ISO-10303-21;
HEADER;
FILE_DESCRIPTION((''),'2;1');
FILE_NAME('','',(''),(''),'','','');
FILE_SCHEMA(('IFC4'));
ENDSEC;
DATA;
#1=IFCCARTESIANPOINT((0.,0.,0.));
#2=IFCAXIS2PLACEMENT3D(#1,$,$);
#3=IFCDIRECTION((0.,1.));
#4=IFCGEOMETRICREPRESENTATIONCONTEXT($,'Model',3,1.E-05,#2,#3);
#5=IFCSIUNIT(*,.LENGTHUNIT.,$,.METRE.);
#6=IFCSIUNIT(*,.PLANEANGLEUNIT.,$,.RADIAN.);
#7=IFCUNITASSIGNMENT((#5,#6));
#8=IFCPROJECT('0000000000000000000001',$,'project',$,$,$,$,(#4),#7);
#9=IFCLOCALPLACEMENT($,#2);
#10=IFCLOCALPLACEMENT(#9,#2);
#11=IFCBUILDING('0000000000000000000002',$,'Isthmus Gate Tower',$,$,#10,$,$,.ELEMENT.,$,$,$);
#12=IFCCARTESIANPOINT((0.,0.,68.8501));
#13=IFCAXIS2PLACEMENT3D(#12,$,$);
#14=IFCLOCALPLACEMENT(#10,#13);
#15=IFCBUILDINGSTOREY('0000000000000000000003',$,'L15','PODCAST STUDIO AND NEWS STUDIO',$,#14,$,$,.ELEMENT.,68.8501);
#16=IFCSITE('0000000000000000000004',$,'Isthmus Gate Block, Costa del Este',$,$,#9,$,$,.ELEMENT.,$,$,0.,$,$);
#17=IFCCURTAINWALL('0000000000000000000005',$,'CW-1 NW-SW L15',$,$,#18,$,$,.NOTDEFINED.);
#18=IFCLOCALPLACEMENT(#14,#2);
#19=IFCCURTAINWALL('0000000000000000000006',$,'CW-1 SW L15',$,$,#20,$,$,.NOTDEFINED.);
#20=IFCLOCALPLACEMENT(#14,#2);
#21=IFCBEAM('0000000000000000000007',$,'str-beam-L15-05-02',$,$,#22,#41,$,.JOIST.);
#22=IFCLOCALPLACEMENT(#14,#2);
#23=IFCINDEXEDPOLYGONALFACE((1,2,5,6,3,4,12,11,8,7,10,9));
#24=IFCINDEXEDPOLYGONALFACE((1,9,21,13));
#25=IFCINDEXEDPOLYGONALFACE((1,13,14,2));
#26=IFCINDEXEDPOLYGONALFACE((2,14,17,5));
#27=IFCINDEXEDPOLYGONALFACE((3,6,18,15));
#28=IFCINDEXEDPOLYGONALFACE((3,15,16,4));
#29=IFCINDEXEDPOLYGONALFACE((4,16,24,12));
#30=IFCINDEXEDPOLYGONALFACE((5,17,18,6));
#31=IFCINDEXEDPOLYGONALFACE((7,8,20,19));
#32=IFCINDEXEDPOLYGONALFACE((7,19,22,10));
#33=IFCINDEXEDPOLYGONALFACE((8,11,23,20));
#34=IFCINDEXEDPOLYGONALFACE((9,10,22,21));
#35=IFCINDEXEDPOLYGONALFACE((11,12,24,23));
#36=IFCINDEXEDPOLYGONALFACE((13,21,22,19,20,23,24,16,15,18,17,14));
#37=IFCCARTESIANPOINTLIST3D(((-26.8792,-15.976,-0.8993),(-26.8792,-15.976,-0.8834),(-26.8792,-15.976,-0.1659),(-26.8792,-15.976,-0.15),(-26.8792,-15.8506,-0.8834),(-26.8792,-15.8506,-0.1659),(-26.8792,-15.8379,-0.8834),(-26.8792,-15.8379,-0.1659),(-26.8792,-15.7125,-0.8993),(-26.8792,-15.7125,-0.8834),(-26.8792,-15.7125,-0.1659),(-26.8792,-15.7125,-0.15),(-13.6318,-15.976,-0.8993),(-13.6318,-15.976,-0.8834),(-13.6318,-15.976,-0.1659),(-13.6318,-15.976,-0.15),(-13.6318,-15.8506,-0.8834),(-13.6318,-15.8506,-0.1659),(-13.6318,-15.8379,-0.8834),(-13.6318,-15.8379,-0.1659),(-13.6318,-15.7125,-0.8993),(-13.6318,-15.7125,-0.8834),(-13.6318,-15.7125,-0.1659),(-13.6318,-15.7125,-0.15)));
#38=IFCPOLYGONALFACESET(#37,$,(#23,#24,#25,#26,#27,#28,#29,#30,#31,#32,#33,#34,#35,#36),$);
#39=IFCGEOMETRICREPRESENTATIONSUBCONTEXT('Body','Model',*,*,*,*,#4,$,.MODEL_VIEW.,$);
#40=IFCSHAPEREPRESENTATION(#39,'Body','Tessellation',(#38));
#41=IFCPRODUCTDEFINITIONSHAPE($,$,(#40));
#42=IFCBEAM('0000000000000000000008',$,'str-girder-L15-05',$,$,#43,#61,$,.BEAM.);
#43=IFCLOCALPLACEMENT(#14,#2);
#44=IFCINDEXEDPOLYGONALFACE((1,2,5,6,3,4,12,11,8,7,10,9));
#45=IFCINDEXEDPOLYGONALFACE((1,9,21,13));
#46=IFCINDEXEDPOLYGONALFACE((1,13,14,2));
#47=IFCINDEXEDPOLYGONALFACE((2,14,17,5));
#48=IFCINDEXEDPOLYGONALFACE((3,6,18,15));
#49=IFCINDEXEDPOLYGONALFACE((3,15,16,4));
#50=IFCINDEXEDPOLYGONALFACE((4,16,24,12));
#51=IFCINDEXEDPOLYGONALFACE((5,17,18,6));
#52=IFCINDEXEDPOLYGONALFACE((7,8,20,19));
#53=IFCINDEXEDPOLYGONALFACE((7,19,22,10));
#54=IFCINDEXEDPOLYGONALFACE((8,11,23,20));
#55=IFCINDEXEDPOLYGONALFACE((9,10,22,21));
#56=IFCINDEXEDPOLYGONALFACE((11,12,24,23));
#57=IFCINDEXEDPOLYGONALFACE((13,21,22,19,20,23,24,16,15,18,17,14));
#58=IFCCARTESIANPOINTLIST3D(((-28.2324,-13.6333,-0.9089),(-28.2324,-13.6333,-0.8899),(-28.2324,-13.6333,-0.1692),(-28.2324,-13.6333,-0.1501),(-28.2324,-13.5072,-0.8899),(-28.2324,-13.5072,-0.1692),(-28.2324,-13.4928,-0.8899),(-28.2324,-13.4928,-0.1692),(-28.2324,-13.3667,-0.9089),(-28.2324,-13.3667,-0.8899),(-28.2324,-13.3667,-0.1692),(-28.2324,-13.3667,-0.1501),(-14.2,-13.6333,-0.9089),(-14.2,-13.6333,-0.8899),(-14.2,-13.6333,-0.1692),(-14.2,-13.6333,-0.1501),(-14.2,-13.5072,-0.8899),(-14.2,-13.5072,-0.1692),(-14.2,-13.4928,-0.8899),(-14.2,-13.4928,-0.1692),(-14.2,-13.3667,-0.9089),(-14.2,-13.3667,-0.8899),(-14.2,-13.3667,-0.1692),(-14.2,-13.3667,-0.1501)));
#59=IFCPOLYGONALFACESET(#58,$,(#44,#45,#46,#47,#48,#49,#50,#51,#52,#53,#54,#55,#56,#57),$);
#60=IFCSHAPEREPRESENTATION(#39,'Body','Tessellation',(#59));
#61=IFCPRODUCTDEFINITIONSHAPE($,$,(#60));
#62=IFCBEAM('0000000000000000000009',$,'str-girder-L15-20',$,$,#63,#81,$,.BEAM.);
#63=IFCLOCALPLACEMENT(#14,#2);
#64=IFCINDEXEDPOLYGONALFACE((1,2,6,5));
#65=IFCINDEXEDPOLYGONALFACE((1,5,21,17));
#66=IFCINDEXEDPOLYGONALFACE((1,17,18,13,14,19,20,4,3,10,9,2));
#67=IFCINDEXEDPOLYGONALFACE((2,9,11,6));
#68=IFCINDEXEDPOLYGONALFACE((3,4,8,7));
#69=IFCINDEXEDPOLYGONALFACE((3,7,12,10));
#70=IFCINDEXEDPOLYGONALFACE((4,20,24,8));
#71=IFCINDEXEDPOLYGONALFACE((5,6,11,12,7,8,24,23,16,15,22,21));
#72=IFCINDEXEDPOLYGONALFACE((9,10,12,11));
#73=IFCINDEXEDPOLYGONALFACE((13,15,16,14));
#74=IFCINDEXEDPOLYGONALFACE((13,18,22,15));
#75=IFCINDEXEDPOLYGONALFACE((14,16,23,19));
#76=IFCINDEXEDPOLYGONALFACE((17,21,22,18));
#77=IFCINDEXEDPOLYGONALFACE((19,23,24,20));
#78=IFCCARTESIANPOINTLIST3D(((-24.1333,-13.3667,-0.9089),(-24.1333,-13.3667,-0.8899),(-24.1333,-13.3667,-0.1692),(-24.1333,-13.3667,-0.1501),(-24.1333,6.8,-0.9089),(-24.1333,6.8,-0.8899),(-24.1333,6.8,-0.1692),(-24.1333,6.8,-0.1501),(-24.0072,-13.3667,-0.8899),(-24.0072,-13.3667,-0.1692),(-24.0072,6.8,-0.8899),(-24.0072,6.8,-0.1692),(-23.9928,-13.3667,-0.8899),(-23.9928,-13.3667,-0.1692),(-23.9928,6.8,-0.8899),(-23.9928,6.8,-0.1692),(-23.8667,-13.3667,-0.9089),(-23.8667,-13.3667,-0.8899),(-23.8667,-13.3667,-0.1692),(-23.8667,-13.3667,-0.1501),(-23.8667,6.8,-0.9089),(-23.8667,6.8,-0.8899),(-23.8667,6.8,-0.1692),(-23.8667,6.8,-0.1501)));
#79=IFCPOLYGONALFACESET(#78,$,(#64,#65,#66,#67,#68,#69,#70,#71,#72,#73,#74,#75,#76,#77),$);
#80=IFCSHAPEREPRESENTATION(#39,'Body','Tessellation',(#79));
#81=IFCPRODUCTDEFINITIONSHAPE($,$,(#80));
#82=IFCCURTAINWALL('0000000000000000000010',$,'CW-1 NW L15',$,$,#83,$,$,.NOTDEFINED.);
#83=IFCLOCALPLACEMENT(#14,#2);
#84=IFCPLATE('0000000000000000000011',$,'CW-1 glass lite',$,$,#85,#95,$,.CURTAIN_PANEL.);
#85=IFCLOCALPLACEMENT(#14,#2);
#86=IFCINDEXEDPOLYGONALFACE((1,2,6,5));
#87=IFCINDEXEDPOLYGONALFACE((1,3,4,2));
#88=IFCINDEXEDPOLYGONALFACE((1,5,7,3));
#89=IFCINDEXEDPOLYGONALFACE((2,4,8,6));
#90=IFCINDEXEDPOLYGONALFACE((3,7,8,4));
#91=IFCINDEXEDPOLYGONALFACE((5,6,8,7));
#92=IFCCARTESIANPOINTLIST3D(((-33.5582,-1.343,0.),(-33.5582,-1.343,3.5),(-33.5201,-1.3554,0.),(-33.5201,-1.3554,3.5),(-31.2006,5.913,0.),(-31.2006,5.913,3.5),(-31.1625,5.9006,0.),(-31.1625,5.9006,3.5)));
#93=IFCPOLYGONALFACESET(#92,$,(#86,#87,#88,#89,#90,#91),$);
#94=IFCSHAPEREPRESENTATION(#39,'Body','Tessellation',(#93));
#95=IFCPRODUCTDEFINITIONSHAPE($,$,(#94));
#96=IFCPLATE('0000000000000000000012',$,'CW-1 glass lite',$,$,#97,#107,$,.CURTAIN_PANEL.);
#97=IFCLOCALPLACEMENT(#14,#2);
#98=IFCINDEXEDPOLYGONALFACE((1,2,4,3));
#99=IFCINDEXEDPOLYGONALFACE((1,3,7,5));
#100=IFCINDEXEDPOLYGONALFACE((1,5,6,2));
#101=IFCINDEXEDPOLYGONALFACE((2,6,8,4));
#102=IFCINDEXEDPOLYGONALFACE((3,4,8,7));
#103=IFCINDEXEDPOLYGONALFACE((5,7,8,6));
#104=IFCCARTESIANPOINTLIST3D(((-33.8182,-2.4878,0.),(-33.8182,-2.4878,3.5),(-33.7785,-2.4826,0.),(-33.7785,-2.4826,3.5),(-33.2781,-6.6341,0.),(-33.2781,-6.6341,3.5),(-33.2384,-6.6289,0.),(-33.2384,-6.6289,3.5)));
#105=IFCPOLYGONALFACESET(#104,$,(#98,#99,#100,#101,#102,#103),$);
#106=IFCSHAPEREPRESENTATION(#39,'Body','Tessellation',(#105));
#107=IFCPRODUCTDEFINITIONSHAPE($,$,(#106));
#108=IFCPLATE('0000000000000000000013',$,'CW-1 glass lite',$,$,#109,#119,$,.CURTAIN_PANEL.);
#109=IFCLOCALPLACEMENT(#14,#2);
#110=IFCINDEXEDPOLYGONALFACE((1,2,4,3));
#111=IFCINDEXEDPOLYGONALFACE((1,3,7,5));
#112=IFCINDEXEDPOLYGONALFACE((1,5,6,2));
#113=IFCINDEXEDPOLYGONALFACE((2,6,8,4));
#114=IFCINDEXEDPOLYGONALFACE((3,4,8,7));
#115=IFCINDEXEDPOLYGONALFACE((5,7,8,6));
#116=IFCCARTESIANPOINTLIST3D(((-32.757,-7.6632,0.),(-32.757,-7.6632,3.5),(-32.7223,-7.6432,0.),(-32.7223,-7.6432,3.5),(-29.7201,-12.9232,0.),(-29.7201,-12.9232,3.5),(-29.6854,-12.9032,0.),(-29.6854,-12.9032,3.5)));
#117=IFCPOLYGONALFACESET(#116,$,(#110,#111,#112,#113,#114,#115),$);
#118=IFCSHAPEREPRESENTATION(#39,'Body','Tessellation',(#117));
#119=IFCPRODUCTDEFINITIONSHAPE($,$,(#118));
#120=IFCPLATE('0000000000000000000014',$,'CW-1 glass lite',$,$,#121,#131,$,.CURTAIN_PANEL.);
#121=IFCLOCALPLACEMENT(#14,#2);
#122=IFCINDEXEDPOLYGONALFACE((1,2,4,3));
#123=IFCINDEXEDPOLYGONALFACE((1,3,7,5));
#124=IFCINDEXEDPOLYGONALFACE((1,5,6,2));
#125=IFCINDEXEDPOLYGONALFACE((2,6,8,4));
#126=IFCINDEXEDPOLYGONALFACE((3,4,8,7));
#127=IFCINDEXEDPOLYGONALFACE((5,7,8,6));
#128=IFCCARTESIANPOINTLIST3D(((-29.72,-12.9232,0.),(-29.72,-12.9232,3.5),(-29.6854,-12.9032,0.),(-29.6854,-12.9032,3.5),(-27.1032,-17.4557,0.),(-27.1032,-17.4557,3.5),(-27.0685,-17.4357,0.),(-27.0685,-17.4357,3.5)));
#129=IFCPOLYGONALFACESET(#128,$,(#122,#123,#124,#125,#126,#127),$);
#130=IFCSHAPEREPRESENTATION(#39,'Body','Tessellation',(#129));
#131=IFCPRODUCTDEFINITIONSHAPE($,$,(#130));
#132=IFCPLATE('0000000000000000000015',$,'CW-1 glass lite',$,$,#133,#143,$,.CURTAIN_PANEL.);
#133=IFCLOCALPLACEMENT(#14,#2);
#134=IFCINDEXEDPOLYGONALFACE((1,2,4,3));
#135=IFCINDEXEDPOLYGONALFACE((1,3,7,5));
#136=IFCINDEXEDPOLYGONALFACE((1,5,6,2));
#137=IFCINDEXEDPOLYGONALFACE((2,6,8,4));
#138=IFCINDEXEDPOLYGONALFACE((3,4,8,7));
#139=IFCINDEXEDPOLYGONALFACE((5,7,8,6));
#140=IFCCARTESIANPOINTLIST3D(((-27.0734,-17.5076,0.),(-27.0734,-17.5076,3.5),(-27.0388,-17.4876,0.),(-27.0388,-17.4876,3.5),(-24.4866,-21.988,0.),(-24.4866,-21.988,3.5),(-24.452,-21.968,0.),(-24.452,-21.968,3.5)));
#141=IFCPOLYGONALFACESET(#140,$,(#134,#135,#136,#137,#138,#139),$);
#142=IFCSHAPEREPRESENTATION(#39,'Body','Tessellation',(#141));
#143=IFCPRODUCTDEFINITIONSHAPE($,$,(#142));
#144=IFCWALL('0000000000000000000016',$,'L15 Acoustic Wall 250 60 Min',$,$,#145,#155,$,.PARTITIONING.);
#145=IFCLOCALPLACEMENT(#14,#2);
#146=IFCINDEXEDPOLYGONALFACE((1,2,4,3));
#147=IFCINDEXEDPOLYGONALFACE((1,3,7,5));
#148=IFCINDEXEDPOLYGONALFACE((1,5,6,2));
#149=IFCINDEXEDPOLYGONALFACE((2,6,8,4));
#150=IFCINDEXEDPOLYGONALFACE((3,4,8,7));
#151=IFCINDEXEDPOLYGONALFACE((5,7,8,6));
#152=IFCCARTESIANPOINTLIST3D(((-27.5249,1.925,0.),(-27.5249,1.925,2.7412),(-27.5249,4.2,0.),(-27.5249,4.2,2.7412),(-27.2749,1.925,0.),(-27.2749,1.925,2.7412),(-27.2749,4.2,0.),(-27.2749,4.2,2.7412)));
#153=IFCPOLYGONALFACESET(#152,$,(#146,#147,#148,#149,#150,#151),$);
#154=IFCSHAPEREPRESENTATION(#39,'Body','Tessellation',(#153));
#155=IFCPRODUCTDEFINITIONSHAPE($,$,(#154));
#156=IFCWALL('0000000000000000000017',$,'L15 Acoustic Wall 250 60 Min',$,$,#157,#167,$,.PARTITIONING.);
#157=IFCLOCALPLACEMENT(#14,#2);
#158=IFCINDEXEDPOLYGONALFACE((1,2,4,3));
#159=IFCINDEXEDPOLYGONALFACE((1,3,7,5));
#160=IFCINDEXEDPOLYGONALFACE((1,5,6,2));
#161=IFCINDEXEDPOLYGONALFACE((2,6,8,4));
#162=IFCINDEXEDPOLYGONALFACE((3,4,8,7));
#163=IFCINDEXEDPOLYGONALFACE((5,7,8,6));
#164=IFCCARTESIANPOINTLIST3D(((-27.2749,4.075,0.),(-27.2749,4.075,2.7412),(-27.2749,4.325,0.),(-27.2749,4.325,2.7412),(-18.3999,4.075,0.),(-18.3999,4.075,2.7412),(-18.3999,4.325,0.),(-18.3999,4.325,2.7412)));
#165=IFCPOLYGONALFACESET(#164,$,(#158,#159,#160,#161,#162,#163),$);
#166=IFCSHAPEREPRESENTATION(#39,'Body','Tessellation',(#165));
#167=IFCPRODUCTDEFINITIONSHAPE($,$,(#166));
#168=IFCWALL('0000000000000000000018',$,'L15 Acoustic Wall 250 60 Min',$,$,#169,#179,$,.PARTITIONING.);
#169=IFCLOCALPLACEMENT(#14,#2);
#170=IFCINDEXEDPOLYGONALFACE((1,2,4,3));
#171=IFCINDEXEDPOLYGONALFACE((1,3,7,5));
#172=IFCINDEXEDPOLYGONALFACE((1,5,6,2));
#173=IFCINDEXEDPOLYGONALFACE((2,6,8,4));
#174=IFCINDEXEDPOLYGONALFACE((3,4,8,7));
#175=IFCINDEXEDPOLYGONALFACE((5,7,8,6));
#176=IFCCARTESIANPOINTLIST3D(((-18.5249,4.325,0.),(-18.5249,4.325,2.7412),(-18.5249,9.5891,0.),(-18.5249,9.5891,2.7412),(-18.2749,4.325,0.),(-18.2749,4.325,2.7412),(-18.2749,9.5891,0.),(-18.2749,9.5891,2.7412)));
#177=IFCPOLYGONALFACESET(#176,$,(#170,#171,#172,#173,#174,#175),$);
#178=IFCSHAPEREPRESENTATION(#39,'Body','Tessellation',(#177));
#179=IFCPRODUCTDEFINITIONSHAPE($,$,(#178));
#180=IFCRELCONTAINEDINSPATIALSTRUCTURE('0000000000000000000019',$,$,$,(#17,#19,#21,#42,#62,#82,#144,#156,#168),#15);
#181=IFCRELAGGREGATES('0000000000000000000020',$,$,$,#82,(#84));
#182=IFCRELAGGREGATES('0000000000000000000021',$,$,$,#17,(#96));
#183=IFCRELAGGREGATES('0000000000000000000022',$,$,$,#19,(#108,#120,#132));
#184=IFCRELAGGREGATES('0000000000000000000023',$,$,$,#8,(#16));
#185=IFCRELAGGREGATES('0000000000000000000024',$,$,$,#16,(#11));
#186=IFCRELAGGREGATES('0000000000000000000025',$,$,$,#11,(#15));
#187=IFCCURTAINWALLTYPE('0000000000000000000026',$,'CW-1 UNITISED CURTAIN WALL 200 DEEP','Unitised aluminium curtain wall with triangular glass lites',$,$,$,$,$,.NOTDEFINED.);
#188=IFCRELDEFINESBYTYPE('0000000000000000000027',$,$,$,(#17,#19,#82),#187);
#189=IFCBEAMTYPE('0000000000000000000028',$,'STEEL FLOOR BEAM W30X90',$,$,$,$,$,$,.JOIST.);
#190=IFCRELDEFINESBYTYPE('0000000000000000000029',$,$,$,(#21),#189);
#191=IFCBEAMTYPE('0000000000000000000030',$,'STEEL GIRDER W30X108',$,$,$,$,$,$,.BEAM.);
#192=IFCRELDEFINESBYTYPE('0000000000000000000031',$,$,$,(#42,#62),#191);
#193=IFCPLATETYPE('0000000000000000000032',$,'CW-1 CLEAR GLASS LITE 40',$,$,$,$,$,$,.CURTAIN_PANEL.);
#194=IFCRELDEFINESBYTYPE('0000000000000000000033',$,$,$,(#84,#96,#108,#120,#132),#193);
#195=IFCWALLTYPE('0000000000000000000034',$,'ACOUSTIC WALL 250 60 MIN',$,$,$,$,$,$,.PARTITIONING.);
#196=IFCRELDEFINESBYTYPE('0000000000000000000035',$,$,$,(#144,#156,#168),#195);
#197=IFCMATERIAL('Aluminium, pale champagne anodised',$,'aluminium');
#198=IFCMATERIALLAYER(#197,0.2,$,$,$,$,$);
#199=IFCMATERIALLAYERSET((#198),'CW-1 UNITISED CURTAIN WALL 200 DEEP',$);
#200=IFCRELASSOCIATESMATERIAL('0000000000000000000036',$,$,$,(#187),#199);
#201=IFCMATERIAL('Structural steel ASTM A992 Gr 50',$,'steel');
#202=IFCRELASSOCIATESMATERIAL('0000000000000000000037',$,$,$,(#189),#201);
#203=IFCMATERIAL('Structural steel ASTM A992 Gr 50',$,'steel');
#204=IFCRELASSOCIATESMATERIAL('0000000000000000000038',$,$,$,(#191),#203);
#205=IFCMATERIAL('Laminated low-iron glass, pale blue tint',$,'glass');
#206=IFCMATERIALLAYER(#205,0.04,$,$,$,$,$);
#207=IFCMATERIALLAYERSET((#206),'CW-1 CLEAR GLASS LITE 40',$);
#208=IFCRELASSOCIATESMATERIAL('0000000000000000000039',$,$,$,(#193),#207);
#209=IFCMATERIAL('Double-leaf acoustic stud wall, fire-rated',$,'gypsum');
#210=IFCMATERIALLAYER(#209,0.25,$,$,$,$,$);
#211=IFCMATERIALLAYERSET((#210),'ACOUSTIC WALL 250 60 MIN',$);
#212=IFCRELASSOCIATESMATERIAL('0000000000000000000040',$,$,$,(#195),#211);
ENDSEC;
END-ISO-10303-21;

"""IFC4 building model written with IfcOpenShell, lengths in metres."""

from ifc_helpers import new_model, si_unit, direction, frame, frame_2d, origin, origin_2d, place, context, subcontext, project, spatial, rectangle, i_section, extrude, material, layer, layer_set, material_profile, profile_set, type_object, element, aggregate, save


model = new_model("IFC4")

# Units and contexts
model_context = context("Model", 3, precision=1e-05, world=origin(), true_north=direction((0.0, 1.0)))
body_context = subcontext(model_context, "Body", "Model", "MODEL_VIEW")
ifc_project = project(units=[si_unit("LENGTHUNIT", "METRE"), si_unit("PLANEANGLEUNIT", "RADIAN")], contexts=[model_context])

# Site, building, storey
site_placement = place(None, origin())
site = spatial("IfcSite", under=ifc_project, at=site_placement, Name="Isthmus Gate Block, Costa del Este", CompositionType="ELEMENT", RefElevation=0.0)
building_placement = place(site_placement, origin())
building = spatial("IfcBuilding", under=site, at=building_placement, Name="Isthmus Gate Tower", CompositionType="ELEMENT")
storey_placement = place(building_placement, frame((0.0, 0.0, 68.8501)))
storey = spatial("IfcBuildingStorey", under=building, at=storey_placement, Name="L15", Description="PODCAST STUDIO AND NEWS STUDIO", CompositionType="ELEMENT", Elevation=68.8501)

# Curtain wall
ifc_material_1 = material(Name="Aluminium, pale champagne anodised", Category="aluminium")
ifc_layer_1 = layer(ifc_material_1, 0.2)
ifc_layer_set_1 = layer_set([ifc_layer_1], Name="CW-1 UNITISED CURTAIN WALL 200 DEEP")
curtain_wall_type = type_object("IfcCurtainWallType", Name="CW-1 UNITISED CURTAIN WALL 200 DEEP", Description="Unitised aluminium curtain wall with triangular glass lites", PredefinedType="NOTDEFINED", material=ifc_layer_set_1)
curtain_wall_1_placement = place(storey_placement, origin())
curtain_wall_1 = element("IfcCurtainWall", 1, at=curtain_wall_1_placement, inside=storey, type_object=curtain_wall_type, Name="CW-1 NW-SW L15", PredefinedType="NOTDEFINED")

# Curtain wall
curtain_wall_2_placement = place(storey_placement, origin())
curtain_wall_2 = element("IfcCurtainWall", 2, at=curtain_wall_2_placement, inside=storey, type_object=curtain_wall_type, Name="CW-1 SW L15", PredefinedType="NOTDEFINED")

# Beams
ifc_material_2 = material(Name="Structural steel ASTM A992 Gr 50", Category="steel")
ifc_material_profile_1 = material_profile(ifc_material_2, i_section(OverallWidth=0.2634, OverallDepth=0.7493, WebThickness=0.0127, FlangeThickness=0.0159, at=origin_2d()), Name="W30X90")
ifc_profile_set_1 = profile_set([ifc_material_profile_1], Name="Structural steel ASTM A992 Gr 50")
beam_type_1 = type_object("IfcBeamType", Name="STEEL FLOOR BEAM W30X90", PredefinedType="JOIST", material=ifc_profile_set_1)
beam_1_placement = place(storey_placement, frame((-26.8792, -15.8442, -0.5247), z_axis=(1.0, 0.0, 0.0), x_axis=(0.0, 1.0, 0.0)))
element("IfcBeam", 3, at=beam_1_placement, inside=storey, type_object=beam_type_1, Name="str-beam-L15-05-02", PredefinedType="JOIST", context=body_context, shape_type="SweptSolid", body=[
    extrude(i_section(OverallWidth=0.2634, OverallDepth=0.7493, WebThickness=0.0127, FlangeThickness=0.0159, at=origin_2d()), origin(), (0.0, 0.0, 1.0), 13.2473),
])
ifc_material_3 = material(Name="Structural steel ASTM A992 Gr 50", Category="steel")
ifc_material_profile_2 = material_profile(ifc_material_3, i_section(OverallWidth=0.2666, OverallDepth=0.7588, WebThickness=0.0144, FlangeThickness=0.019, at=origin_2d()), Name="W30X108")
ifc_profile_set_2 = profile_set([ifc_material_profile_2], Name="Structural steel ASTM A992 Gr 50")
beam_type_2 = type_object("IfcBeamType", Name="STEEL GIRDER W30X108", PredefinedType="BEAM", material=ifc_profile_set_2)
beam_2_placement = place(storey_placement, frame((-28.2324, -13.5, -0.5295), z_axis=(1.0, 0.0, 0.0), x_axis=(0.0, 1.0, 0.0)))
element("IfcBeam", 4, at=beam_2_placement, inside=storey, type_object=beam_type_2, Name="str-girder-L15-05", PredefinedType="BEAM", context=body_context, shape_type="SweptSolid", body=[
    extrude(i_section(OverallWidth=0.2666, OverallDepth=0.7588, WebThickness=0.0144, FlangeThickness=0.019, at=origin_2d()), origin(), (0.0, 0.0, 1.0), 14.0325),
])
beam_3_placement = place(storey_placement, frame((-24.0, -13.3667, -0.5295), z_axis=(0.0, 1.0, 0.0), x_axis=(-1.0, 0.0, 0.0)))
element("IfcBeam", 5, at=beam_3_placement, inside=storey, type_object=beam_type_2, Name="str-girder-L15-20", PredefinedType="BEAM", context=body_context, shape_type="SweptSolid", body=[
    extrude(i_section(OverallWidth=0.2666, OverallDepth=0.7588, WebThickness=0.0144, FlangeThickness=0.019, at=origin_2d()), origin(), (0.0, 0.0, 1.0), 20.1667),
])

# Curtain wall, plate
curtain_wall_3_placement = place(storey_placement, origin())
curtain_wall_3 = element("IfcCurtainWall", 6, at=curtain_wall_3_placement, inside=storey, type_object=curtain_wall_type, Name="CW-1 NW L15", PredefinedType="NOTDEFINED")
ifc_material_4 = material(Name="Laminated low-iron glass, pale blue tint", Category="glass")
ifc_layer_2 = layer(ifc_material_4, 0.04)
ifc_layer_set_2 = layer_set([ifc_layer_2], Name="CW-1 CLEAR GLASS LITE 40")
plate_type = type_object("IfcPlateType", Name="CW-1 CLEAR GLASS LITE 40", PredefinedType="CURTAIN_PANEL", material=ifc_layer_set_2)
plate_1_placement = place(storey_placement, frame((-32.3604, 2.2788, 0.0), z_axis=(0.0, 0.0, 1.0), x_axis=(-0.309017, -0.951057, 0.0)))
plate_1 = element("IfcPlate", 7, at=plate_1_placement, type_object=plate_type, Name="CW-1 glass lite", PredefinedType="CURTAIN_PANEL", context=body_context, shape_type="SweptSolid", body=[
    extrude(rectangle(XDim=7.6294, YDim=0.04, at=origin_2d()), origin(), (0.0, 0.0, 1.0), 3.5),
])
aggregate(curtain_wall_3, [plate_1])

# Plates
plate_2_placement = place(storey_placement, frame((-33.5283, -4.5583, 0.0), z_axis=(0.0, 0.0, 1.0), x_axis=(0.129165, -0.991623, 0.0)))
plate_2 = element("IfcPlate", 8, at=plate_2_placement, type_object=plate_type, Name="CW-1 glass lite", PredefinedType="CURTAIN_PANEL", context=body_context, shape_type="SweptSolid", body=[
    extrude(rectangle(XDim=4.1814, YDim=0.04, at=origin_2d()), origin(), (0.0, 0.0, 1.0), 3.5),
])
aggregate(curtain_wall_1, [plate_2])
plate_3_placement = place(storey_placement, frame((-31.2212, -10.2832, 0.0), z_axis=(0.0, 0.0, 1.0), x_axis=(0.5, -0.866025, 0.0)))
plate_3 = element("IfcPlate", 9, at=plate_3_placement, type_object=plate_type, Name="CW-1 glass lite", PredefinedType="CURTAIN_PANEL", context=body_context, shape_type="SweptSolid", body=[
    extrude(rectangle(XDim=6.0737, YDim=0.04, at=origin_2d()), origin(), (0.0, 0.0, 1.0), 3.5),
])
plate_4_placement = place(storey_placement, frame((-28.3943, -15.1794, 0.0), z_axis=(0.0, 0.0, 1.0), x_axis=(0.5, -0.866025, 0.0)))
plate_4 = element("IfcPlate", 10, at=plate_4_placement, type_object=plate_type, Name="CW-1 glass lite", PredefinedType="CURTAIN_PANEL", context=body_context, shape_type="SweptSolid", body=[
    extrude(rectangle(XDim=5.2336, YDim=0.04, at=origin_2d()), origin(), (0.0, 0.0, 1.0), 3.5),
])
plate_5_placement = place(storey_placement, frame((-25.7627, -19.7378, 0.0), z_axis=(0.0, 0.0, 1.0), x_axis=(0.5, -0.866025, 0.0)))
plate_5 = element("IfcPlate", 11, at=plate_5_placement, type_object=plate_type, Name="CW-1 glass lite", PredefinedType="CURTAIN_PANEL", context=body_context, shape_type="SweptSolid", body=[
    extrude(rectangle(XDim=5.1736, YDim=0.04, at=origin_2d()), origin(), (0.0, 0.0, 1.0), 3.5),
])
aggregate(curtain_wall_2, [plate_3, plate_4, plate_5])

# Walls
ifc_material_5 = material(Name="Double-leaf acoustic stud wall, fire-rated", Category="gypsum")
ifc_layer_3 = layer(ifc_material_5, 0.25)
ifc_layer_set_3 = layer_set([ifc_layer_3], Name="ACOUSTIC WALL 250 60 MIN")
wall_type = type_object("IfcWallType", Name="ACOUSTIC WALL 250 60 MIN", PredefinedType="PARTITIONING", material=ifc_layer_set_3)
wall_1_placement = place(storey_placement, frame((-27.3999, 1.925, 0.0), z_axis=(0.0, 0.0, 1.0), x_axis=(0.0, 1.0, 0.0)))
element("IfcWall", 12, at=wall_1_placement, inside=storey, type_object=wall_type, Name="L15 Acoustic Wall 250 60 Min", PredefinedType="PARTITIONING", context=body_context, shape_type="SweptSolid", body=[
    extrude(rectangle(XDim=2.2749, YDim=0.25, at=frame_2d((1.1375, 0.0))), origin(), (0.0, 0.0, 1.0), 2.7412),
])
wall_2_placement = place(storey_placement, frame((-27.2749, 4.2, 0.0), z_axis=(0.0, 0.0, 1.0), x_axis=(1.0, 0.0, 0.0)))
element("IfcWall", 13, at=wall_2_placement, inside=storey, type_object=wall_type, Name="L15 Acoustic Wall 250 60 Min", PredefinedType="PARTITIONING", context=body_context, shape_type="SweptSolid", body=[
    extrude(rectangle(XDim=8.875, YDim=0.25, at=frame_2d((4.4375, 0.0))), origin(), (0.0, 0.0, 1.0), 2.7412),
])
wall_3_placement = place(storey_placement, frame((-18.3999, 4.325, 0.0), z_axis=(0.0, 0.0, 1.0), x_axis=(0.0, 1.0, 0.0)))
element("IfcWall", 14, at=wall_3_placement, inside=storey, type_object=wall_type, Name="L15 Acoustic Wall 250 60 Min", PredefinedType="PARTITIONING", context=body_context, shape_type="SweptSolid", body=[
    extrude(rectangle(XDim=5.2642, YDim=0.25, at=frame_2d((2.6321, 0.0))), origin(), (0.0, 0.0, 1.0), 2.7412),
])

save(model, "model.ifc")
